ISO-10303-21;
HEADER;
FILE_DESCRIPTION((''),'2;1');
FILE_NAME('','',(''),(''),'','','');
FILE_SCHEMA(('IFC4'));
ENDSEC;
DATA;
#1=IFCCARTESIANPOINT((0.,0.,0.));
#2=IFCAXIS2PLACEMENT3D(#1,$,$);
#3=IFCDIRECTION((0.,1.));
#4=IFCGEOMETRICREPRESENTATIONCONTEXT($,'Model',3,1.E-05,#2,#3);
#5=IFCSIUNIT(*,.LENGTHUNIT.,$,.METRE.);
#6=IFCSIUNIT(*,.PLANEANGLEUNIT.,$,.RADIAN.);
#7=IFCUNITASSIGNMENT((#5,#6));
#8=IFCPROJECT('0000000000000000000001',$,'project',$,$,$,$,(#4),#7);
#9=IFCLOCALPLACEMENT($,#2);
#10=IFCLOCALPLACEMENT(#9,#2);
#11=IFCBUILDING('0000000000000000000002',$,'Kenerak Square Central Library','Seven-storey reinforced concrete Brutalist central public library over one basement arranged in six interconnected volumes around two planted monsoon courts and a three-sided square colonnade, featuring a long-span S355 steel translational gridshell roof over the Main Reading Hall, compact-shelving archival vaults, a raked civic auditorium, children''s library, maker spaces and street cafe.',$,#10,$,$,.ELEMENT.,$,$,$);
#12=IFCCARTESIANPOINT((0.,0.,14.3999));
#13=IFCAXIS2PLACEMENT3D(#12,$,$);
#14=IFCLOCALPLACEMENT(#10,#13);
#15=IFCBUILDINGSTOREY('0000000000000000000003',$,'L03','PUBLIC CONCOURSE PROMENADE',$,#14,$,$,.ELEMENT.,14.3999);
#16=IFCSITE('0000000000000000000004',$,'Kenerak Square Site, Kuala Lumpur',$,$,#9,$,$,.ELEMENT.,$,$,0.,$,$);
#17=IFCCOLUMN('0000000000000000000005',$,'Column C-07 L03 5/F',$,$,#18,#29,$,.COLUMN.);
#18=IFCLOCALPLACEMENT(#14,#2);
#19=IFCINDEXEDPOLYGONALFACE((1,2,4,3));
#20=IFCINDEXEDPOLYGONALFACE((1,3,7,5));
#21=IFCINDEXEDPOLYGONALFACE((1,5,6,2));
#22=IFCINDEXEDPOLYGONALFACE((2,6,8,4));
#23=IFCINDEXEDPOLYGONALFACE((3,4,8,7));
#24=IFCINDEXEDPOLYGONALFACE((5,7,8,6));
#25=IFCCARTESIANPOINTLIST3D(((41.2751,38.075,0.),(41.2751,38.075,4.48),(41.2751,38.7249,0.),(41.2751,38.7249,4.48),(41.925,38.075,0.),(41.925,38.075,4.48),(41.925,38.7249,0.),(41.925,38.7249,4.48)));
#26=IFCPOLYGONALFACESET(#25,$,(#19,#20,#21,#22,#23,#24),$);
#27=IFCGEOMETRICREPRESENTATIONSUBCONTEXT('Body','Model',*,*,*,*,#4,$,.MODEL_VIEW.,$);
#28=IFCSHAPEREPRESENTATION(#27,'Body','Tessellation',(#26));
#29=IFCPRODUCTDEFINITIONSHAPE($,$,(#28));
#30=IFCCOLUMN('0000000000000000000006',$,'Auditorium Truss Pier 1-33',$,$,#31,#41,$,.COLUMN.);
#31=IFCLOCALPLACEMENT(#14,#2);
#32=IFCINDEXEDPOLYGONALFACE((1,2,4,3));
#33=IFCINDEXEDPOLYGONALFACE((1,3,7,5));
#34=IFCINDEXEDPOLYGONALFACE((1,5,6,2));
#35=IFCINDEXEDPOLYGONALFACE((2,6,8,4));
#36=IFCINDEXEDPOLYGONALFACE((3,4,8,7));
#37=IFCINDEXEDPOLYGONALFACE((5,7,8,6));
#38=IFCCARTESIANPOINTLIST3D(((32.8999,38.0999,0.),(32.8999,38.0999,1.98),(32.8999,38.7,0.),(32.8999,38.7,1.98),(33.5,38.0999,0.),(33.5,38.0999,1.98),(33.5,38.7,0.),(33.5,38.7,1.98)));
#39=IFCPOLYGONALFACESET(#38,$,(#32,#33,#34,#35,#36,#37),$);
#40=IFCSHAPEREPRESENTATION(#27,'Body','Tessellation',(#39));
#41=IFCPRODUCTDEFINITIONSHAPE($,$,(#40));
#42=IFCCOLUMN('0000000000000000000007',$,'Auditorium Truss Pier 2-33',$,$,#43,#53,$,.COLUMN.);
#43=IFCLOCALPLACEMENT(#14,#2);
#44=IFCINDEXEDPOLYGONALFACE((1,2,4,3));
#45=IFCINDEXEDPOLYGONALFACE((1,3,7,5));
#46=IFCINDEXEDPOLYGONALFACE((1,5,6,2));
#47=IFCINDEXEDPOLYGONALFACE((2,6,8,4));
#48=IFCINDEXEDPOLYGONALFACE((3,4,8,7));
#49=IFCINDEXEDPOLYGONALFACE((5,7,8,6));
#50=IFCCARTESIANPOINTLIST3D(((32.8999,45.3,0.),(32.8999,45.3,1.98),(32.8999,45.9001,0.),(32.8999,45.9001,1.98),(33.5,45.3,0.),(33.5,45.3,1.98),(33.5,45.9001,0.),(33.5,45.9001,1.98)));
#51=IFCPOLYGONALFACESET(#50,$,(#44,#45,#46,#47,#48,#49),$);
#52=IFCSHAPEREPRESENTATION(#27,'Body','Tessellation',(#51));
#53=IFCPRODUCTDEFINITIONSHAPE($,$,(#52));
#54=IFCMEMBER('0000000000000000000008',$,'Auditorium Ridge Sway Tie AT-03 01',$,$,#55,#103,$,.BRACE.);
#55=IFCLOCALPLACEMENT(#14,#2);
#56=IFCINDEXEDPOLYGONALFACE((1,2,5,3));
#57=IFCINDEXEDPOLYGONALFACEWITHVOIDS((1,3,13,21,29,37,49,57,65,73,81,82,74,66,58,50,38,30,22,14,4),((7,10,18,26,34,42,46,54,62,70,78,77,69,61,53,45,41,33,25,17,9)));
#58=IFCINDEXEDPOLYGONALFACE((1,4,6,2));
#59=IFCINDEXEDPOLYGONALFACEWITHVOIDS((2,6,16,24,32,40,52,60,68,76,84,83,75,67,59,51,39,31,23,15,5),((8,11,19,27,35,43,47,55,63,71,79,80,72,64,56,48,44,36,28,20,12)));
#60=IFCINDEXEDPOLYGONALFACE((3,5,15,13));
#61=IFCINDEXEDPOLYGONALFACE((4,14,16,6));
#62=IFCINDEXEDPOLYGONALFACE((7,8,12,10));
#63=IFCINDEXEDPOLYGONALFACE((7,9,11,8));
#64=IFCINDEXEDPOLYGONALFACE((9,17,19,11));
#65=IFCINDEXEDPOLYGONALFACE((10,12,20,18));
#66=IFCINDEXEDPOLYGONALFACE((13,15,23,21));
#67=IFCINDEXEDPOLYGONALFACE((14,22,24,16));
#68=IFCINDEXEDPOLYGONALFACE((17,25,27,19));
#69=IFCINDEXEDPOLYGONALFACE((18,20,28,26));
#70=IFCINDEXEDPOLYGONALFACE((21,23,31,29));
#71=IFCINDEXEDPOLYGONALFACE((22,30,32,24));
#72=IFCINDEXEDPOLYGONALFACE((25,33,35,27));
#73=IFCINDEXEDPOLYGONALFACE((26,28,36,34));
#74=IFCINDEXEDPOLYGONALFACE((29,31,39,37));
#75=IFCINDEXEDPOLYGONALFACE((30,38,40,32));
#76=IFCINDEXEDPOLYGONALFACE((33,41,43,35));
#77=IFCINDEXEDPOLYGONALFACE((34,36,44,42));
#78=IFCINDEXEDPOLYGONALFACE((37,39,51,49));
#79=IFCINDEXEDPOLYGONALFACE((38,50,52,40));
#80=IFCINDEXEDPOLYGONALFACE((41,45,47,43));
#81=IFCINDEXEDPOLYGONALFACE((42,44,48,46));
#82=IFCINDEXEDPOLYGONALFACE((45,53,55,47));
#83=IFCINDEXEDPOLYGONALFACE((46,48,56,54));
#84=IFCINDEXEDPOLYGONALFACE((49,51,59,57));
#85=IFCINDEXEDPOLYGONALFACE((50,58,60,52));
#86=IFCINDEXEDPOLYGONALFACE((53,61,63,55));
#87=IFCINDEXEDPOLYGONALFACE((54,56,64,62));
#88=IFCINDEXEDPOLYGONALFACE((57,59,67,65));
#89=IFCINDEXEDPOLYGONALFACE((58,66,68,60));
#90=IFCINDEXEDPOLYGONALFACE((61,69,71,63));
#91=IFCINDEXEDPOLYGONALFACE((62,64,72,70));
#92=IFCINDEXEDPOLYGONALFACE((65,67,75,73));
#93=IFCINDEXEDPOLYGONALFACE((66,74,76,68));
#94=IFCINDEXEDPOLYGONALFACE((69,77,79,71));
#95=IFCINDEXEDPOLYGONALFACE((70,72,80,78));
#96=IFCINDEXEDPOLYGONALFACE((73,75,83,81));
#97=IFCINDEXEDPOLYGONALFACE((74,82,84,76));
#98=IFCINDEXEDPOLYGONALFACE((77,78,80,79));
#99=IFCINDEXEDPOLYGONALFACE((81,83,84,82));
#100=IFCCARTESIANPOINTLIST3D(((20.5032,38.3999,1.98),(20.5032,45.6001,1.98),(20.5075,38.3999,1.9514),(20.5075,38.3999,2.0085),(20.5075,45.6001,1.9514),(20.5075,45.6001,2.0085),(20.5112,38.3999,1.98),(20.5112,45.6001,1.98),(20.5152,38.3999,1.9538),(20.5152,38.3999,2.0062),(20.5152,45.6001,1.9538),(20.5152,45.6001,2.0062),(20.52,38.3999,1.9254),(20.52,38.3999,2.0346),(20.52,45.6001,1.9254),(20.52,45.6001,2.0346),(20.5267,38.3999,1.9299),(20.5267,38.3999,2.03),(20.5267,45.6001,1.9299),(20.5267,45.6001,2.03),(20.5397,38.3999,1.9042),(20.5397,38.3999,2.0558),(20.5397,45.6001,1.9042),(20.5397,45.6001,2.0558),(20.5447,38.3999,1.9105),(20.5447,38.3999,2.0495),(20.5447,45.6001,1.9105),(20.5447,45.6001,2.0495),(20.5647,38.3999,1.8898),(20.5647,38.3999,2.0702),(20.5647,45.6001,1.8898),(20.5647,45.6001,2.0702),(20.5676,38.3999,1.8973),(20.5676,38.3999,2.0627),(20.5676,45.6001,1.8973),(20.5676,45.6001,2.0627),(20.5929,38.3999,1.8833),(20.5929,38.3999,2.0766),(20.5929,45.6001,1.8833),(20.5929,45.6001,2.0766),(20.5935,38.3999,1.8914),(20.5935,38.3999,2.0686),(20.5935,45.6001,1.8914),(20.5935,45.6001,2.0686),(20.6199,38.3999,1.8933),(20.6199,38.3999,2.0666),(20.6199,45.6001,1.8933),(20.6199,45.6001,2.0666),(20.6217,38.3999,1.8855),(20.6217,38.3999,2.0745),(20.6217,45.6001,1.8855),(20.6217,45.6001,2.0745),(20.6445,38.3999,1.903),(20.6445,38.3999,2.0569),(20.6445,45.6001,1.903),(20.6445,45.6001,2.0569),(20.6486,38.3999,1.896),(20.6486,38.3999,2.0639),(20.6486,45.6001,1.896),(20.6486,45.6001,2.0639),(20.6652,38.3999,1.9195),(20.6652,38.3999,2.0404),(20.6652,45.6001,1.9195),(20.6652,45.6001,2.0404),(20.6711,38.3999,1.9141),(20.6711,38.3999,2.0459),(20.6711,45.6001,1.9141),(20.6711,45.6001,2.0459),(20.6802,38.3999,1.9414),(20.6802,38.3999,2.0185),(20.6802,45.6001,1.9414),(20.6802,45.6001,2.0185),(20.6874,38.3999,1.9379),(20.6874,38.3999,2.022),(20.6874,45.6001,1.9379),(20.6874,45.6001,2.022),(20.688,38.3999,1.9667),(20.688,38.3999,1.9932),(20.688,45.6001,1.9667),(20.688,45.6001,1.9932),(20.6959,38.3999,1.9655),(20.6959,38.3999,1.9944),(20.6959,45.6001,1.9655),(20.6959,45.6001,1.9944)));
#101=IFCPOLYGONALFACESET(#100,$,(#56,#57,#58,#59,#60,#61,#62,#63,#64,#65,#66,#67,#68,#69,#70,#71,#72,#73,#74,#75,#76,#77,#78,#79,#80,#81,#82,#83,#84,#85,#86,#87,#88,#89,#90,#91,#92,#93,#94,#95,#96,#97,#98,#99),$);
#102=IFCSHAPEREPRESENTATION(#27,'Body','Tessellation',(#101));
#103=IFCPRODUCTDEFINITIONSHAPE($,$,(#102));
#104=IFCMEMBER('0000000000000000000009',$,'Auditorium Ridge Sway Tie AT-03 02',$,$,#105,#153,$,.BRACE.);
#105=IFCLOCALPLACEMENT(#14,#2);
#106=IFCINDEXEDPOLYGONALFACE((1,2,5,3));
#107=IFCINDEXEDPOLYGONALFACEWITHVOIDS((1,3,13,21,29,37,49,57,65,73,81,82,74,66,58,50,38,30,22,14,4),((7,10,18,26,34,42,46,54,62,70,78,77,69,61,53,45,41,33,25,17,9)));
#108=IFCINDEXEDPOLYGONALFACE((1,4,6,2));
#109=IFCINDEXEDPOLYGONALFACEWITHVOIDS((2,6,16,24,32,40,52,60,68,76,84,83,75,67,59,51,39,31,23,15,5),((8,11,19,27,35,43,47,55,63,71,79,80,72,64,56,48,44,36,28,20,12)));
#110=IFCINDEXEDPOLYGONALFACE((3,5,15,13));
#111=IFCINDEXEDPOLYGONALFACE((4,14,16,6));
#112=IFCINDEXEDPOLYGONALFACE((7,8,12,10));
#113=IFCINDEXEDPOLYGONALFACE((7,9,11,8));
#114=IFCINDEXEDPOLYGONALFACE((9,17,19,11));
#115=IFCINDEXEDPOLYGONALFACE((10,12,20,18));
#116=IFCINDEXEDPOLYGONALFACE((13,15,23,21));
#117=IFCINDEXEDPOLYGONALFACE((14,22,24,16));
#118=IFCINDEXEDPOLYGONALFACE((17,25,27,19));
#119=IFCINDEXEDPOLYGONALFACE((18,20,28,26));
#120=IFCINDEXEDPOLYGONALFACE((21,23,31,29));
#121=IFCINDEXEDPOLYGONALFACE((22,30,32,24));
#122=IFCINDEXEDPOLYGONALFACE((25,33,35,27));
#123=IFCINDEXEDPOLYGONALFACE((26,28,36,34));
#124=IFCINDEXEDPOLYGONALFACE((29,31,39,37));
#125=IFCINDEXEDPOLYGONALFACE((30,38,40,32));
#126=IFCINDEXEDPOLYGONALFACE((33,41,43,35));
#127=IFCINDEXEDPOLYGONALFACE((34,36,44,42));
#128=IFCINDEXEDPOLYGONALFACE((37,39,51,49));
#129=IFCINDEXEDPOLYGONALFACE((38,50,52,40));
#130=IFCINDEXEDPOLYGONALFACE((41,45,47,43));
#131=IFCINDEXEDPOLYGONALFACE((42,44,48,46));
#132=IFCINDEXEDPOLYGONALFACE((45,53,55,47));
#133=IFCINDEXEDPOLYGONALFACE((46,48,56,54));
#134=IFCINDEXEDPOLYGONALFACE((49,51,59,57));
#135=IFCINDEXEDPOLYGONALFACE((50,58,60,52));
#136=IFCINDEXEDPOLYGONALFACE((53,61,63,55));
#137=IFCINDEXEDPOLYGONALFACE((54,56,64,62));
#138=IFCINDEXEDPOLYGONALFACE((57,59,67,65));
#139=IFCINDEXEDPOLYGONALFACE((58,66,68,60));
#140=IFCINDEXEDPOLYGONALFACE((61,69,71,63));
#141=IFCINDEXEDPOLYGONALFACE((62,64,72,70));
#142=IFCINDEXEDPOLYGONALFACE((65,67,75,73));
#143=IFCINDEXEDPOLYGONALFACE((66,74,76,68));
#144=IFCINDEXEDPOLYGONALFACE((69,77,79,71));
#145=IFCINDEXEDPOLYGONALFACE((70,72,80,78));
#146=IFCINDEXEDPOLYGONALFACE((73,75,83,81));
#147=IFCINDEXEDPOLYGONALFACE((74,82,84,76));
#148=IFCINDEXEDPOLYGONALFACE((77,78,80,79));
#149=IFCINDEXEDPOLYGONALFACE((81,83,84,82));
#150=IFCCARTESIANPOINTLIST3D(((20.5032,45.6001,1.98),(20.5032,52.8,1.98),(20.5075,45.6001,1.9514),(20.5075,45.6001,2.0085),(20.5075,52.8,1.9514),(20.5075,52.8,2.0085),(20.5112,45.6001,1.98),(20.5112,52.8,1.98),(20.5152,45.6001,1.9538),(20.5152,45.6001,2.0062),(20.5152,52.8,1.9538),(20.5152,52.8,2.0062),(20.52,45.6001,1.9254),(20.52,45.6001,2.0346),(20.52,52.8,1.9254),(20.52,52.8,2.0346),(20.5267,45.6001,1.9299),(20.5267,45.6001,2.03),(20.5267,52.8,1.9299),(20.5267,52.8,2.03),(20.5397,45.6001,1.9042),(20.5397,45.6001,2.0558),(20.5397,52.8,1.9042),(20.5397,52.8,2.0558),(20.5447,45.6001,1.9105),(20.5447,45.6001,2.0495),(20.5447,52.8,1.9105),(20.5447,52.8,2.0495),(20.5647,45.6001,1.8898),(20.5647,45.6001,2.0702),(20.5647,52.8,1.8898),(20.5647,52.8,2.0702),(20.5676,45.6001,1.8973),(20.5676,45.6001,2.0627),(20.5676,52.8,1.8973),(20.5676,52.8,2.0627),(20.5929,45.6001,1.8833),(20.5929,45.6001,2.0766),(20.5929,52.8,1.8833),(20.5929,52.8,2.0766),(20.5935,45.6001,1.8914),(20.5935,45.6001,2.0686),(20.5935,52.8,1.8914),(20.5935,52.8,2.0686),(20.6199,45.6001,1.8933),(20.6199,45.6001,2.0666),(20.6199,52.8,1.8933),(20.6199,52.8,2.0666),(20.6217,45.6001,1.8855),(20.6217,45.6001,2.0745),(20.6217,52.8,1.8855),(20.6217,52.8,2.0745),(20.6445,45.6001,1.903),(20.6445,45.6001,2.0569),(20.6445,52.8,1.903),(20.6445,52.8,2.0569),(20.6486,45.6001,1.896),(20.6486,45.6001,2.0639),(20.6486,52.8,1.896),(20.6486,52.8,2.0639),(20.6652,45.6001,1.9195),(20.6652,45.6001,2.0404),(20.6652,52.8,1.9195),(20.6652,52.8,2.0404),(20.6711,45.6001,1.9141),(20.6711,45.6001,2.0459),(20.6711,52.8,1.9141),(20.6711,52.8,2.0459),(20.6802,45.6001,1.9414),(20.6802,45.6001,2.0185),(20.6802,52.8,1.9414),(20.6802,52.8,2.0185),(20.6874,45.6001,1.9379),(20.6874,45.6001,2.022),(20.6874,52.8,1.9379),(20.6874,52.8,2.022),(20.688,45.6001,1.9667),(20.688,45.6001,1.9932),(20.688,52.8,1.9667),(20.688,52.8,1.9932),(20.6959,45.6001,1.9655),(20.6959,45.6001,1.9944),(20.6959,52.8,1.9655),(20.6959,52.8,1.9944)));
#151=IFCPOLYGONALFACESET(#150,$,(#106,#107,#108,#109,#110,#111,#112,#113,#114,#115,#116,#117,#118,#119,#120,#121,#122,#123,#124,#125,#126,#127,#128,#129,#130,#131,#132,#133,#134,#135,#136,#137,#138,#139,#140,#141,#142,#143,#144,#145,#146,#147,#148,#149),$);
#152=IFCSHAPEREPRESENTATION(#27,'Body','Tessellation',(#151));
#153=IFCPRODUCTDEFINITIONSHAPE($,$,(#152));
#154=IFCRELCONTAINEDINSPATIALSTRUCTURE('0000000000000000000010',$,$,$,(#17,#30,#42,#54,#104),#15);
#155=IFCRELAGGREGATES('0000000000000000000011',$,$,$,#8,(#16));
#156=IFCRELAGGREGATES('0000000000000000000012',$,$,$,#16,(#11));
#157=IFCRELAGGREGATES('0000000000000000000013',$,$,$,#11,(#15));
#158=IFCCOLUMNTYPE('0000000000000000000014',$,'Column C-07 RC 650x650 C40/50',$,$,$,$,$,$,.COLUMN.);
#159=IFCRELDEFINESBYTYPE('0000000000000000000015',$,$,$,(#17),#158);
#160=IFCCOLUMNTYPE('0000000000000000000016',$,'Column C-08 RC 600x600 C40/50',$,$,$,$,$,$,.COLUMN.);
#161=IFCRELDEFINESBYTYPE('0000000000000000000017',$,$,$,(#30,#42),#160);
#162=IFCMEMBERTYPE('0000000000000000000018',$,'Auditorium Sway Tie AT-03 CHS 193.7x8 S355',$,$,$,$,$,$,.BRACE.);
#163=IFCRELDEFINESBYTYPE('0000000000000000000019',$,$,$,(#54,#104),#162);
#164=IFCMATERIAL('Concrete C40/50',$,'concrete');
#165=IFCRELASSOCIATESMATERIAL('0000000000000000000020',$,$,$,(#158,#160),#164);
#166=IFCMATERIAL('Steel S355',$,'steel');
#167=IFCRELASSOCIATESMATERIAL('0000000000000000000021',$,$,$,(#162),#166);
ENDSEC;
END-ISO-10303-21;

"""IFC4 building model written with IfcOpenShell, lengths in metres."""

from ifc_helpers import new_model, si_unit, direction, frame, origin, origin_2d, place, context, subcontext, project, spatial, rectangle, hollow_circle, extrude, material, material_profile, profile_set, type_object, element, save


model = new_model("IFC4")

# Units and contexts
model_context = context("Model", 3, precision=1e-05, world=origin(), true_north=direction((0.0, 1.0)))
body_context = subcontext(model_context, "Body", "Model", "MODEL_VIEW")
ifc_project = project(units=[si_unit("LENGTHUNIT", "METRE"), si_unit("PLANEANGLEUNIT", "RADIAN")], contexts=[model_context])

# Site, building, storey
site_placement = place(None, origin())
site = spatial("IfcSite", under=ifc_project, at=site_placement, Name="Kenerak Square Site, Kuala Lumpur", CompositionType="ELEMENT", RefElevation=0.0)
building_placement = place(site_placement, origin())
building = spatial("IfcBuilding", under=site, at=building_placement, Name="Kenerak Square Central Library", Description="Seven-storey reinforced concrete Brutalist central public library over one basement arranged in six interconnected volumes around two planted monsoon courts and a three-sided square colonnade, featuring a long-span S355 steel translational gridshell roof over the Main Reading Hall, compact-shelving archival vaults, a raked civic auditorium, children's library, maker spaces and street cafe.", CompositionType="ELEMENT")
storey_placement = place(building_placement, frame((0.0, 0.0, 14.3999)))
storey = spatial("IfcBuildingStorey", under=building, at=storey_placement, Name="L03", Description="PUBLIC CONCOURSE PROMENADE", CompositionType="ELEMENT", Elevation=14.3999)

# Columns
ifc_material_1 = material(Name="Concrete C40/50", Category="concrete")
ifc_material_profile_1 = material_profile(ifc_material_1, rectangle(XDim=0.6499, YDim=0.6499, at=origin_2d()), Name="RC 650x650")
ifc_profile_set_1 = profile_set([ifc_material_profile_1], Name="Concrete C40/50")
column_type_1 = type_object("IfcColumnType", Name="Column C-07 RC 650x650 C40/50", PredefinedType="COLUMN", material=ifc_profile_set_1)
column_placement = place(storey_placement, frame((41.6001, 38.3999, 0.0), z_axis=(0.0, 0.0, 1.0), x_axis=(1.0, 0.0, 0.0)))
element("IfcColumn", 1, at=column_placement, inside=storey, type_object=column_type_1, Name="Column C-07 L03 5/F", PredefinedType="COLUMN", context=body_context, shape_type="SweptSolid", body=[
    extrude(rectangle(XDim=0.6499, YDim=0.6499, at=origin_2d()), origin(), (0.0, 0.0, 1.0), 4.48),
])
ifc_material_profile_2 = material_profile(ifc_material_1, rectangle(XDim=0.6001, YDim=0.6001, at=origin_2d()), Name="RC 600x600")
ifc_profile_set_2 = profile_set([ifc_material_profile_2], Name="Concrete C40/50")
column_type_2 = type_object("IfcColumnType", Name="Column C-08 RC 600x600 C40/50", PredefinedType="COLUMN", material=ifc_profile_set_2)
for number, where, z_axis, x_axis, name in (
    (2, (33.2, 38.3999, 0.0), (0.0, 0.0, 1.0), (1.0, 0.0, 0.0), "Auditorium Truss Pier 1-33"),
    (3, (33.2, 45.6001, 0.0), (0.0, 0.0, 1.0), (1.0, 0.0, 0.0), "Auditorium Truss Pier 2-33"),
):
    element("IfcColumn", number, at=place(storey_placement, frame(where, z_axis=z_axis, x_axis=x_axis)), inside=storey, type_object=column_type_2, Name=name, PredefinedType="COLUMN", context=body_context, shape_type="SweptSolid", body=[
        extrude(rectangle(XDim=0.6001, YDim=0.6001, at=origin_2d()), origin(), (0.0, 0.0, 1.0), 1.98),
    ])

# Members
ifc_material_2 = material(Name="Steel S355", Category="steel")
ifc_material_profile_3 = material_profile(ifc_material_2, hollow_circle(Radius=0.0969, WallThickness=0.0081, at=origin_2d()), Name="CHS 193.7x8.0")
ifc_profile_set_3 = profile_set([ifc_material_profile_3], Name="Steel S355")
member_type_1 = type_object("IfcMemberType", Name="Auditorium Sway Tie AT-03 CHS 193.7x8 S355", PredefinedType="BRACE", material=ifc_profile_set_3)
member_1_placement = place(storey_placement, frame((20.6001, 38.3999, 1.98), z_axis=(0.0, 1.0, 0.0), x_axis=(-1.0, 0.0, 0.0)))
element("IfcMember", 4, at=member_1_placement, inside=storey, type_object=member_type_1, Name="Auditorium Ridge Sway Tie AT-03 01", PredefinedType="BRACE", context=body_context, shape_type="SweptSolid", body=[
    extrude(hollow_circle(Radius=0.0969, WallThickness=0.0081, at=origin_2d()), origin(), (0.0, 0.0, 1.0), 7.2002),
])
member_2_placement = place(storey_placement, frame((20.6001, 45.6001, 1.98), z_axis=(0.0, 1.0, 0.0), x_axis=(-1.0, 0.0, 0.0)))
element("IfcMember", 5, at=member_2_placement, inside=storey, type_object=member_type_1, Name="Auditorium Ridge Sway Tie AT-03 02", PredefinedType="BRACE", context=body_context, shape_type="SweptSolid", body=[
    extrude(hollow_circle(Radius=0.0969, WallThickness=0.0081, at=origin_2d()), origin(), (0.0, 0.0, 1.0), 7.2),
])

save(model, "model.ifc")
